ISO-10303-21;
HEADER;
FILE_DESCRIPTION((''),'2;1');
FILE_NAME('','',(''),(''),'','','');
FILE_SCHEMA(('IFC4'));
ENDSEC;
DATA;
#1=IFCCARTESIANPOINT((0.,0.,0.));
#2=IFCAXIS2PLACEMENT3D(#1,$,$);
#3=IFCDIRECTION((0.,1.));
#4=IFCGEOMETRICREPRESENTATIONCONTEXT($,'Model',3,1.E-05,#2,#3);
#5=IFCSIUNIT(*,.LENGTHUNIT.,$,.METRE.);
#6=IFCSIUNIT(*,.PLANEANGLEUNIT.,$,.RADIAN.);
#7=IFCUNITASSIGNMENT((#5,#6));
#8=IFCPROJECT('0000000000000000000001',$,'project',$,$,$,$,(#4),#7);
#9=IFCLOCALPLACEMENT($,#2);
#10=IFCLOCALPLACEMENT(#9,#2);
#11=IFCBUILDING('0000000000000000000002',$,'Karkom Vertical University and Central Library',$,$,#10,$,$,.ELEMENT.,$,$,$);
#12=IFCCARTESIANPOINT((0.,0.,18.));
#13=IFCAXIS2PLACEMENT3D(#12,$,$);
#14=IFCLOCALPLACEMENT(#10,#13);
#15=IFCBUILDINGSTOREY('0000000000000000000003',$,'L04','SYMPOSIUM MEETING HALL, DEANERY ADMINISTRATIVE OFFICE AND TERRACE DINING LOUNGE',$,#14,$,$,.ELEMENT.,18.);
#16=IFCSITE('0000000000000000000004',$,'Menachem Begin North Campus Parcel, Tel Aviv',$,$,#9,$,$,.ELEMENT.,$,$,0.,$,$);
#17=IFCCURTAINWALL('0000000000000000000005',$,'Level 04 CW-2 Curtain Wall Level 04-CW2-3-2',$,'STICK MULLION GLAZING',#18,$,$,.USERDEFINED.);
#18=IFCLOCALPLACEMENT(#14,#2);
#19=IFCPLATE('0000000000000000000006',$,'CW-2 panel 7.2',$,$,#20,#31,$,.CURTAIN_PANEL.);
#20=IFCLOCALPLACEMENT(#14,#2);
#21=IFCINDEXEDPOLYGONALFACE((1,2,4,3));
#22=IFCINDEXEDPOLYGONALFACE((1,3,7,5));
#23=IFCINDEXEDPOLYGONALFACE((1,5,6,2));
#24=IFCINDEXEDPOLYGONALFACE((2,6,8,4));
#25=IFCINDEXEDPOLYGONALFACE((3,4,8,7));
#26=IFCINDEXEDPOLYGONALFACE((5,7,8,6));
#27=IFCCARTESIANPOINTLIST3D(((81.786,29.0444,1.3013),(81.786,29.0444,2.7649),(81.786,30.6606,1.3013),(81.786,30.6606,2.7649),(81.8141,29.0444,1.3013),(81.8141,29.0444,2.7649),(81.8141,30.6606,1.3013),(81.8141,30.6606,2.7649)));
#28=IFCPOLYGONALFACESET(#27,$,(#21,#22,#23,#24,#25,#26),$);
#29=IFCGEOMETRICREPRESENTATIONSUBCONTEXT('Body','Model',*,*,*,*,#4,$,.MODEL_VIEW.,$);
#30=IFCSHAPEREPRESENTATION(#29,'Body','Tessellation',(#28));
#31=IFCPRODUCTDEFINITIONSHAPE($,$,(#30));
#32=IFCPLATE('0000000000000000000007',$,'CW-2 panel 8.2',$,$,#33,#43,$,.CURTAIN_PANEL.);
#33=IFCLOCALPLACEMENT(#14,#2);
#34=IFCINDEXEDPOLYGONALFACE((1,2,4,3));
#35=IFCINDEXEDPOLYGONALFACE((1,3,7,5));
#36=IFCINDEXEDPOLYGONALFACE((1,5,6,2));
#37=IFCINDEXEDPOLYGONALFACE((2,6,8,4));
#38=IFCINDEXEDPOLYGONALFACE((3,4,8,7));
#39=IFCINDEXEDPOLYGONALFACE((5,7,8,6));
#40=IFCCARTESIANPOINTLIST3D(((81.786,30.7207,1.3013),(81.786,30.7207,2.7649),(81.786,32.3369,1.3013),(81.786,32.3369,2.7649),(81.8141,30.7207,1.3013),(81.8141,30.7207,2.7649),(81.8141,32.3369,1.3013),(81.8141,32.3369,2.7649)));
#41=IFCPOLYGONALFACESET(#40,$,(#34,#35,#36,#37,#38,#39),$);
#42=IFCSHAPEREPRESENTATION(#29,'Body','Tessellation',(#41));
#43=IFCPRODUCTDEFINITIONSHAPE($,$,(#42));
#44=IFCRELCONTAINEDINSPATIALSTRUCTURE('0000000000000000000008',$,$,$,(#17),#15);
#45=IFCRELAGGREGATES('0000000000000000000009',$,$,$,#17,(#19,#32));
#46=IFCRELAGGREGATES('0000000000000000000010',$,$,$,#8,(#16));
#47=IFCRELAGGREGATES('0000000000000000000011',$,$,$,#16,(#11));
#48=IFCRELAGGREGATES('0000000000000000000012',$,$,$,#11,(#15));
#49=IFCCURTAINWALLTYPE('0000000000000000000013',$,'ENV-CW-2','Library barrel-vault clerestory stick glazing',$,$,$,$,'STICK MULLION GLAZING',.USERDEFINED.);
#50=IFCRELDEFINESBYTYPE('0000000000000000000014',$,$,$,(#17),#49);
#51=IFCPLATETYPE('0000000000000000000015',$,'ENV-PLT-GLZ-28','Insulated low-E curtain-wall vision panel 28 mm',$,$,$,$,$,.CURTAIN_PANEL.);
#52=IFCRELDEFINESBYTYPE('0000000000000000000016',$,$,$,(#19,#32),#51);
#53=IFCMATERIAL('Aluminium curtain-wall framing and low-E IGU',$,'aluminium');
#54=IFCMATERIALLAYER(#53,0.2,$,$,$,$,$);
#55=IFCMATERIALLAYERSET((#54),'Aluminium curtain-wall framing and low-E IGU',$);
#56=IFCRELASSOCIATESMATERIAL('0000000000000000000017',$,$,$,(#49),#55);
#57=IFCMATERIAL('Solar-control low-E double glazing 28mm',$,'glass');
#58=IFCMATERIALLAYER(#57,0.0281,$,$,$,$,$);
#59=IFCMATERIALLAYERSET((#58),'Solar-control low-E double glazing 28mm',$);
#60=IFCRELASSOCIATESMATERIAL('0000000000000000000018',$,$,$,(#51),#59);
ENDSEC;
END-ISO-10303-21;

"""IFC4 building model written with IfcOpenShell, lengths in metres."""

from ifc_helpers import new_model, si_unit, direction, frame, origin, origin_with_axes, origin_2d, place, context, subcontext, project, spatial, rectangle, extrude, source, transform, mapped, material, layer, layer_set, type_object, element, aggregate, save


model = new_model("IFC4")

# Units and contexts
model_context = context("Model", 3, precision=1e-05, world=origin(), true_north=direction((0.0, 1.0)))
body_context = subcontext(model_context, "Body", "Model", "MODEL_VIEW")
ifc_project = project(units=[si_unit("LENGTHUNIT", "METRE"), si_unit("PLANEANGLEUNIT", "RADIAN")], contexts=[model_context])

# Site, building, storey
site_placement = place(None, origin())
site = spatial("IfcSite", under=ifc_project, at=site_placement, Name="Menachem Begin North Campus Parcel, Tel Aviv", CompositionType="ELEMENT", RefElevation=0.0)
building_placement = place(site_placement, origin())
building = spatial("IfcBuilding", under=site, at=building_placement, Name="Karkom Vertical University and Central Library", CompositionType="ELEMENT")
storey_placement = place(building_placement, frame((0.0, 0.0, 18.0)))
storey = spatial("IfcBuildingStorey", under=building, at=storey_placement, Name="L04", Description="SYMPOSIUM MEETING HALL, DEANERY ADMINISTRATIVE OFFICE AND TERRACE DINING LOUNGE", CompositionType="ELEMENT", Elevation=18.0)

# Curtain wall
ifc_material_1 = material(Name="Aluminium curtain-wall framing and low-E IGU", Category="aluminium")
ifc_layer_1 = layer(ifc_material_1, 0.2)
ifc_layer_set_1 = layer_set([ifc_layer_1], Name="Aluminium curtain-wall framing and low-E IGU")
curtain_wall_type = type_object("IfcCurtainWallType", Name="ENV-CW-2", Description="Library barrel-vault clerestory stick glazing", ElementType="STICK MULLION GLAZING", PredefinedType="USERDEFINED", material=ifc_layer_set_1)
curtain_wall_1_placement = place(storey_placement, origin())
curtain_wall_1 = element("IfcCurtainWall", 1, at=curtain_wall_1_placement, inside=storey, type_object=curtain_wall_type, Name="Level 04 CW-2 Curtain Wall Level 04-CW2-3-2", ObjectType="STICK MULLION GLAZING", PredefinedType="USERDEFINED")

# Plates
ifc_material_2 = material(Name="Solar-control low-E double glazing 28mm", Category="glass")
ifc_layer_2 = layer(ifc_material_2, 0.0281)
ifc_layer_set_2 = layer_set([ifc_layer_2], Name="Solar-control low-E double glazing 28mm")
plate_type = type_object("IfcPlateType", Name="ENV-PLT-GLZ-28", Description="Insulated low-E curtain-wall vision panel 28 mm", PredefinedType="CURTAIN_PANEL", material=ifc_layer_set_2)
shared_shape_1 = source(origin_with_axes(), body_context, "Body", "SweptSolid", [
    extrude(rectangle(XDim=1.6162, YDim=0.0281, at=origin_2d()), origin(), (0.0, 0.0, 1.0), 1.4636),
])
plate_1_placement = place(storey_placement, frame((81.8, 29.8525, 1.3013), z_axis=(0.0, 0.0, 1.0), x_axis=(0.0, 1.0, 0.0)))
plate_1 = element("IfcPlate", 2, at=plate_1_placement, type_object=plate_type, Name="CW-2 panel 7.2", PredefinedType="CURTAIN_PANEL", context=body_context, shape_type="MappedRepresentation", body=[
    mapped(shared_shape_1, transform((0.0, 0.0, 0.0), scale=1.0)),
])
plate_2_placement = place(storey_placement, frame((81.8, 31.5288, 1.3013), z_axis=(0.0, 0.0, 1.0), x_axis=(0.0, 1.0, 0.0)))
plate_2 = element("IfcPlate", 3, at=plate_2_placement, type_object=plate_type, Name="CW-2 panel 8.2", PredefinedType="CURTAIN_PANEL", context=body_context, shape_type="MappedRepresentation", body=[
    mapped(shared_shape_1, transform((0.0, 0.0, 0.0), scale=1.0)),
])
aggregate(curtain_wall_1, [plate_1, plate_2])

save(model, "model.ifc")
